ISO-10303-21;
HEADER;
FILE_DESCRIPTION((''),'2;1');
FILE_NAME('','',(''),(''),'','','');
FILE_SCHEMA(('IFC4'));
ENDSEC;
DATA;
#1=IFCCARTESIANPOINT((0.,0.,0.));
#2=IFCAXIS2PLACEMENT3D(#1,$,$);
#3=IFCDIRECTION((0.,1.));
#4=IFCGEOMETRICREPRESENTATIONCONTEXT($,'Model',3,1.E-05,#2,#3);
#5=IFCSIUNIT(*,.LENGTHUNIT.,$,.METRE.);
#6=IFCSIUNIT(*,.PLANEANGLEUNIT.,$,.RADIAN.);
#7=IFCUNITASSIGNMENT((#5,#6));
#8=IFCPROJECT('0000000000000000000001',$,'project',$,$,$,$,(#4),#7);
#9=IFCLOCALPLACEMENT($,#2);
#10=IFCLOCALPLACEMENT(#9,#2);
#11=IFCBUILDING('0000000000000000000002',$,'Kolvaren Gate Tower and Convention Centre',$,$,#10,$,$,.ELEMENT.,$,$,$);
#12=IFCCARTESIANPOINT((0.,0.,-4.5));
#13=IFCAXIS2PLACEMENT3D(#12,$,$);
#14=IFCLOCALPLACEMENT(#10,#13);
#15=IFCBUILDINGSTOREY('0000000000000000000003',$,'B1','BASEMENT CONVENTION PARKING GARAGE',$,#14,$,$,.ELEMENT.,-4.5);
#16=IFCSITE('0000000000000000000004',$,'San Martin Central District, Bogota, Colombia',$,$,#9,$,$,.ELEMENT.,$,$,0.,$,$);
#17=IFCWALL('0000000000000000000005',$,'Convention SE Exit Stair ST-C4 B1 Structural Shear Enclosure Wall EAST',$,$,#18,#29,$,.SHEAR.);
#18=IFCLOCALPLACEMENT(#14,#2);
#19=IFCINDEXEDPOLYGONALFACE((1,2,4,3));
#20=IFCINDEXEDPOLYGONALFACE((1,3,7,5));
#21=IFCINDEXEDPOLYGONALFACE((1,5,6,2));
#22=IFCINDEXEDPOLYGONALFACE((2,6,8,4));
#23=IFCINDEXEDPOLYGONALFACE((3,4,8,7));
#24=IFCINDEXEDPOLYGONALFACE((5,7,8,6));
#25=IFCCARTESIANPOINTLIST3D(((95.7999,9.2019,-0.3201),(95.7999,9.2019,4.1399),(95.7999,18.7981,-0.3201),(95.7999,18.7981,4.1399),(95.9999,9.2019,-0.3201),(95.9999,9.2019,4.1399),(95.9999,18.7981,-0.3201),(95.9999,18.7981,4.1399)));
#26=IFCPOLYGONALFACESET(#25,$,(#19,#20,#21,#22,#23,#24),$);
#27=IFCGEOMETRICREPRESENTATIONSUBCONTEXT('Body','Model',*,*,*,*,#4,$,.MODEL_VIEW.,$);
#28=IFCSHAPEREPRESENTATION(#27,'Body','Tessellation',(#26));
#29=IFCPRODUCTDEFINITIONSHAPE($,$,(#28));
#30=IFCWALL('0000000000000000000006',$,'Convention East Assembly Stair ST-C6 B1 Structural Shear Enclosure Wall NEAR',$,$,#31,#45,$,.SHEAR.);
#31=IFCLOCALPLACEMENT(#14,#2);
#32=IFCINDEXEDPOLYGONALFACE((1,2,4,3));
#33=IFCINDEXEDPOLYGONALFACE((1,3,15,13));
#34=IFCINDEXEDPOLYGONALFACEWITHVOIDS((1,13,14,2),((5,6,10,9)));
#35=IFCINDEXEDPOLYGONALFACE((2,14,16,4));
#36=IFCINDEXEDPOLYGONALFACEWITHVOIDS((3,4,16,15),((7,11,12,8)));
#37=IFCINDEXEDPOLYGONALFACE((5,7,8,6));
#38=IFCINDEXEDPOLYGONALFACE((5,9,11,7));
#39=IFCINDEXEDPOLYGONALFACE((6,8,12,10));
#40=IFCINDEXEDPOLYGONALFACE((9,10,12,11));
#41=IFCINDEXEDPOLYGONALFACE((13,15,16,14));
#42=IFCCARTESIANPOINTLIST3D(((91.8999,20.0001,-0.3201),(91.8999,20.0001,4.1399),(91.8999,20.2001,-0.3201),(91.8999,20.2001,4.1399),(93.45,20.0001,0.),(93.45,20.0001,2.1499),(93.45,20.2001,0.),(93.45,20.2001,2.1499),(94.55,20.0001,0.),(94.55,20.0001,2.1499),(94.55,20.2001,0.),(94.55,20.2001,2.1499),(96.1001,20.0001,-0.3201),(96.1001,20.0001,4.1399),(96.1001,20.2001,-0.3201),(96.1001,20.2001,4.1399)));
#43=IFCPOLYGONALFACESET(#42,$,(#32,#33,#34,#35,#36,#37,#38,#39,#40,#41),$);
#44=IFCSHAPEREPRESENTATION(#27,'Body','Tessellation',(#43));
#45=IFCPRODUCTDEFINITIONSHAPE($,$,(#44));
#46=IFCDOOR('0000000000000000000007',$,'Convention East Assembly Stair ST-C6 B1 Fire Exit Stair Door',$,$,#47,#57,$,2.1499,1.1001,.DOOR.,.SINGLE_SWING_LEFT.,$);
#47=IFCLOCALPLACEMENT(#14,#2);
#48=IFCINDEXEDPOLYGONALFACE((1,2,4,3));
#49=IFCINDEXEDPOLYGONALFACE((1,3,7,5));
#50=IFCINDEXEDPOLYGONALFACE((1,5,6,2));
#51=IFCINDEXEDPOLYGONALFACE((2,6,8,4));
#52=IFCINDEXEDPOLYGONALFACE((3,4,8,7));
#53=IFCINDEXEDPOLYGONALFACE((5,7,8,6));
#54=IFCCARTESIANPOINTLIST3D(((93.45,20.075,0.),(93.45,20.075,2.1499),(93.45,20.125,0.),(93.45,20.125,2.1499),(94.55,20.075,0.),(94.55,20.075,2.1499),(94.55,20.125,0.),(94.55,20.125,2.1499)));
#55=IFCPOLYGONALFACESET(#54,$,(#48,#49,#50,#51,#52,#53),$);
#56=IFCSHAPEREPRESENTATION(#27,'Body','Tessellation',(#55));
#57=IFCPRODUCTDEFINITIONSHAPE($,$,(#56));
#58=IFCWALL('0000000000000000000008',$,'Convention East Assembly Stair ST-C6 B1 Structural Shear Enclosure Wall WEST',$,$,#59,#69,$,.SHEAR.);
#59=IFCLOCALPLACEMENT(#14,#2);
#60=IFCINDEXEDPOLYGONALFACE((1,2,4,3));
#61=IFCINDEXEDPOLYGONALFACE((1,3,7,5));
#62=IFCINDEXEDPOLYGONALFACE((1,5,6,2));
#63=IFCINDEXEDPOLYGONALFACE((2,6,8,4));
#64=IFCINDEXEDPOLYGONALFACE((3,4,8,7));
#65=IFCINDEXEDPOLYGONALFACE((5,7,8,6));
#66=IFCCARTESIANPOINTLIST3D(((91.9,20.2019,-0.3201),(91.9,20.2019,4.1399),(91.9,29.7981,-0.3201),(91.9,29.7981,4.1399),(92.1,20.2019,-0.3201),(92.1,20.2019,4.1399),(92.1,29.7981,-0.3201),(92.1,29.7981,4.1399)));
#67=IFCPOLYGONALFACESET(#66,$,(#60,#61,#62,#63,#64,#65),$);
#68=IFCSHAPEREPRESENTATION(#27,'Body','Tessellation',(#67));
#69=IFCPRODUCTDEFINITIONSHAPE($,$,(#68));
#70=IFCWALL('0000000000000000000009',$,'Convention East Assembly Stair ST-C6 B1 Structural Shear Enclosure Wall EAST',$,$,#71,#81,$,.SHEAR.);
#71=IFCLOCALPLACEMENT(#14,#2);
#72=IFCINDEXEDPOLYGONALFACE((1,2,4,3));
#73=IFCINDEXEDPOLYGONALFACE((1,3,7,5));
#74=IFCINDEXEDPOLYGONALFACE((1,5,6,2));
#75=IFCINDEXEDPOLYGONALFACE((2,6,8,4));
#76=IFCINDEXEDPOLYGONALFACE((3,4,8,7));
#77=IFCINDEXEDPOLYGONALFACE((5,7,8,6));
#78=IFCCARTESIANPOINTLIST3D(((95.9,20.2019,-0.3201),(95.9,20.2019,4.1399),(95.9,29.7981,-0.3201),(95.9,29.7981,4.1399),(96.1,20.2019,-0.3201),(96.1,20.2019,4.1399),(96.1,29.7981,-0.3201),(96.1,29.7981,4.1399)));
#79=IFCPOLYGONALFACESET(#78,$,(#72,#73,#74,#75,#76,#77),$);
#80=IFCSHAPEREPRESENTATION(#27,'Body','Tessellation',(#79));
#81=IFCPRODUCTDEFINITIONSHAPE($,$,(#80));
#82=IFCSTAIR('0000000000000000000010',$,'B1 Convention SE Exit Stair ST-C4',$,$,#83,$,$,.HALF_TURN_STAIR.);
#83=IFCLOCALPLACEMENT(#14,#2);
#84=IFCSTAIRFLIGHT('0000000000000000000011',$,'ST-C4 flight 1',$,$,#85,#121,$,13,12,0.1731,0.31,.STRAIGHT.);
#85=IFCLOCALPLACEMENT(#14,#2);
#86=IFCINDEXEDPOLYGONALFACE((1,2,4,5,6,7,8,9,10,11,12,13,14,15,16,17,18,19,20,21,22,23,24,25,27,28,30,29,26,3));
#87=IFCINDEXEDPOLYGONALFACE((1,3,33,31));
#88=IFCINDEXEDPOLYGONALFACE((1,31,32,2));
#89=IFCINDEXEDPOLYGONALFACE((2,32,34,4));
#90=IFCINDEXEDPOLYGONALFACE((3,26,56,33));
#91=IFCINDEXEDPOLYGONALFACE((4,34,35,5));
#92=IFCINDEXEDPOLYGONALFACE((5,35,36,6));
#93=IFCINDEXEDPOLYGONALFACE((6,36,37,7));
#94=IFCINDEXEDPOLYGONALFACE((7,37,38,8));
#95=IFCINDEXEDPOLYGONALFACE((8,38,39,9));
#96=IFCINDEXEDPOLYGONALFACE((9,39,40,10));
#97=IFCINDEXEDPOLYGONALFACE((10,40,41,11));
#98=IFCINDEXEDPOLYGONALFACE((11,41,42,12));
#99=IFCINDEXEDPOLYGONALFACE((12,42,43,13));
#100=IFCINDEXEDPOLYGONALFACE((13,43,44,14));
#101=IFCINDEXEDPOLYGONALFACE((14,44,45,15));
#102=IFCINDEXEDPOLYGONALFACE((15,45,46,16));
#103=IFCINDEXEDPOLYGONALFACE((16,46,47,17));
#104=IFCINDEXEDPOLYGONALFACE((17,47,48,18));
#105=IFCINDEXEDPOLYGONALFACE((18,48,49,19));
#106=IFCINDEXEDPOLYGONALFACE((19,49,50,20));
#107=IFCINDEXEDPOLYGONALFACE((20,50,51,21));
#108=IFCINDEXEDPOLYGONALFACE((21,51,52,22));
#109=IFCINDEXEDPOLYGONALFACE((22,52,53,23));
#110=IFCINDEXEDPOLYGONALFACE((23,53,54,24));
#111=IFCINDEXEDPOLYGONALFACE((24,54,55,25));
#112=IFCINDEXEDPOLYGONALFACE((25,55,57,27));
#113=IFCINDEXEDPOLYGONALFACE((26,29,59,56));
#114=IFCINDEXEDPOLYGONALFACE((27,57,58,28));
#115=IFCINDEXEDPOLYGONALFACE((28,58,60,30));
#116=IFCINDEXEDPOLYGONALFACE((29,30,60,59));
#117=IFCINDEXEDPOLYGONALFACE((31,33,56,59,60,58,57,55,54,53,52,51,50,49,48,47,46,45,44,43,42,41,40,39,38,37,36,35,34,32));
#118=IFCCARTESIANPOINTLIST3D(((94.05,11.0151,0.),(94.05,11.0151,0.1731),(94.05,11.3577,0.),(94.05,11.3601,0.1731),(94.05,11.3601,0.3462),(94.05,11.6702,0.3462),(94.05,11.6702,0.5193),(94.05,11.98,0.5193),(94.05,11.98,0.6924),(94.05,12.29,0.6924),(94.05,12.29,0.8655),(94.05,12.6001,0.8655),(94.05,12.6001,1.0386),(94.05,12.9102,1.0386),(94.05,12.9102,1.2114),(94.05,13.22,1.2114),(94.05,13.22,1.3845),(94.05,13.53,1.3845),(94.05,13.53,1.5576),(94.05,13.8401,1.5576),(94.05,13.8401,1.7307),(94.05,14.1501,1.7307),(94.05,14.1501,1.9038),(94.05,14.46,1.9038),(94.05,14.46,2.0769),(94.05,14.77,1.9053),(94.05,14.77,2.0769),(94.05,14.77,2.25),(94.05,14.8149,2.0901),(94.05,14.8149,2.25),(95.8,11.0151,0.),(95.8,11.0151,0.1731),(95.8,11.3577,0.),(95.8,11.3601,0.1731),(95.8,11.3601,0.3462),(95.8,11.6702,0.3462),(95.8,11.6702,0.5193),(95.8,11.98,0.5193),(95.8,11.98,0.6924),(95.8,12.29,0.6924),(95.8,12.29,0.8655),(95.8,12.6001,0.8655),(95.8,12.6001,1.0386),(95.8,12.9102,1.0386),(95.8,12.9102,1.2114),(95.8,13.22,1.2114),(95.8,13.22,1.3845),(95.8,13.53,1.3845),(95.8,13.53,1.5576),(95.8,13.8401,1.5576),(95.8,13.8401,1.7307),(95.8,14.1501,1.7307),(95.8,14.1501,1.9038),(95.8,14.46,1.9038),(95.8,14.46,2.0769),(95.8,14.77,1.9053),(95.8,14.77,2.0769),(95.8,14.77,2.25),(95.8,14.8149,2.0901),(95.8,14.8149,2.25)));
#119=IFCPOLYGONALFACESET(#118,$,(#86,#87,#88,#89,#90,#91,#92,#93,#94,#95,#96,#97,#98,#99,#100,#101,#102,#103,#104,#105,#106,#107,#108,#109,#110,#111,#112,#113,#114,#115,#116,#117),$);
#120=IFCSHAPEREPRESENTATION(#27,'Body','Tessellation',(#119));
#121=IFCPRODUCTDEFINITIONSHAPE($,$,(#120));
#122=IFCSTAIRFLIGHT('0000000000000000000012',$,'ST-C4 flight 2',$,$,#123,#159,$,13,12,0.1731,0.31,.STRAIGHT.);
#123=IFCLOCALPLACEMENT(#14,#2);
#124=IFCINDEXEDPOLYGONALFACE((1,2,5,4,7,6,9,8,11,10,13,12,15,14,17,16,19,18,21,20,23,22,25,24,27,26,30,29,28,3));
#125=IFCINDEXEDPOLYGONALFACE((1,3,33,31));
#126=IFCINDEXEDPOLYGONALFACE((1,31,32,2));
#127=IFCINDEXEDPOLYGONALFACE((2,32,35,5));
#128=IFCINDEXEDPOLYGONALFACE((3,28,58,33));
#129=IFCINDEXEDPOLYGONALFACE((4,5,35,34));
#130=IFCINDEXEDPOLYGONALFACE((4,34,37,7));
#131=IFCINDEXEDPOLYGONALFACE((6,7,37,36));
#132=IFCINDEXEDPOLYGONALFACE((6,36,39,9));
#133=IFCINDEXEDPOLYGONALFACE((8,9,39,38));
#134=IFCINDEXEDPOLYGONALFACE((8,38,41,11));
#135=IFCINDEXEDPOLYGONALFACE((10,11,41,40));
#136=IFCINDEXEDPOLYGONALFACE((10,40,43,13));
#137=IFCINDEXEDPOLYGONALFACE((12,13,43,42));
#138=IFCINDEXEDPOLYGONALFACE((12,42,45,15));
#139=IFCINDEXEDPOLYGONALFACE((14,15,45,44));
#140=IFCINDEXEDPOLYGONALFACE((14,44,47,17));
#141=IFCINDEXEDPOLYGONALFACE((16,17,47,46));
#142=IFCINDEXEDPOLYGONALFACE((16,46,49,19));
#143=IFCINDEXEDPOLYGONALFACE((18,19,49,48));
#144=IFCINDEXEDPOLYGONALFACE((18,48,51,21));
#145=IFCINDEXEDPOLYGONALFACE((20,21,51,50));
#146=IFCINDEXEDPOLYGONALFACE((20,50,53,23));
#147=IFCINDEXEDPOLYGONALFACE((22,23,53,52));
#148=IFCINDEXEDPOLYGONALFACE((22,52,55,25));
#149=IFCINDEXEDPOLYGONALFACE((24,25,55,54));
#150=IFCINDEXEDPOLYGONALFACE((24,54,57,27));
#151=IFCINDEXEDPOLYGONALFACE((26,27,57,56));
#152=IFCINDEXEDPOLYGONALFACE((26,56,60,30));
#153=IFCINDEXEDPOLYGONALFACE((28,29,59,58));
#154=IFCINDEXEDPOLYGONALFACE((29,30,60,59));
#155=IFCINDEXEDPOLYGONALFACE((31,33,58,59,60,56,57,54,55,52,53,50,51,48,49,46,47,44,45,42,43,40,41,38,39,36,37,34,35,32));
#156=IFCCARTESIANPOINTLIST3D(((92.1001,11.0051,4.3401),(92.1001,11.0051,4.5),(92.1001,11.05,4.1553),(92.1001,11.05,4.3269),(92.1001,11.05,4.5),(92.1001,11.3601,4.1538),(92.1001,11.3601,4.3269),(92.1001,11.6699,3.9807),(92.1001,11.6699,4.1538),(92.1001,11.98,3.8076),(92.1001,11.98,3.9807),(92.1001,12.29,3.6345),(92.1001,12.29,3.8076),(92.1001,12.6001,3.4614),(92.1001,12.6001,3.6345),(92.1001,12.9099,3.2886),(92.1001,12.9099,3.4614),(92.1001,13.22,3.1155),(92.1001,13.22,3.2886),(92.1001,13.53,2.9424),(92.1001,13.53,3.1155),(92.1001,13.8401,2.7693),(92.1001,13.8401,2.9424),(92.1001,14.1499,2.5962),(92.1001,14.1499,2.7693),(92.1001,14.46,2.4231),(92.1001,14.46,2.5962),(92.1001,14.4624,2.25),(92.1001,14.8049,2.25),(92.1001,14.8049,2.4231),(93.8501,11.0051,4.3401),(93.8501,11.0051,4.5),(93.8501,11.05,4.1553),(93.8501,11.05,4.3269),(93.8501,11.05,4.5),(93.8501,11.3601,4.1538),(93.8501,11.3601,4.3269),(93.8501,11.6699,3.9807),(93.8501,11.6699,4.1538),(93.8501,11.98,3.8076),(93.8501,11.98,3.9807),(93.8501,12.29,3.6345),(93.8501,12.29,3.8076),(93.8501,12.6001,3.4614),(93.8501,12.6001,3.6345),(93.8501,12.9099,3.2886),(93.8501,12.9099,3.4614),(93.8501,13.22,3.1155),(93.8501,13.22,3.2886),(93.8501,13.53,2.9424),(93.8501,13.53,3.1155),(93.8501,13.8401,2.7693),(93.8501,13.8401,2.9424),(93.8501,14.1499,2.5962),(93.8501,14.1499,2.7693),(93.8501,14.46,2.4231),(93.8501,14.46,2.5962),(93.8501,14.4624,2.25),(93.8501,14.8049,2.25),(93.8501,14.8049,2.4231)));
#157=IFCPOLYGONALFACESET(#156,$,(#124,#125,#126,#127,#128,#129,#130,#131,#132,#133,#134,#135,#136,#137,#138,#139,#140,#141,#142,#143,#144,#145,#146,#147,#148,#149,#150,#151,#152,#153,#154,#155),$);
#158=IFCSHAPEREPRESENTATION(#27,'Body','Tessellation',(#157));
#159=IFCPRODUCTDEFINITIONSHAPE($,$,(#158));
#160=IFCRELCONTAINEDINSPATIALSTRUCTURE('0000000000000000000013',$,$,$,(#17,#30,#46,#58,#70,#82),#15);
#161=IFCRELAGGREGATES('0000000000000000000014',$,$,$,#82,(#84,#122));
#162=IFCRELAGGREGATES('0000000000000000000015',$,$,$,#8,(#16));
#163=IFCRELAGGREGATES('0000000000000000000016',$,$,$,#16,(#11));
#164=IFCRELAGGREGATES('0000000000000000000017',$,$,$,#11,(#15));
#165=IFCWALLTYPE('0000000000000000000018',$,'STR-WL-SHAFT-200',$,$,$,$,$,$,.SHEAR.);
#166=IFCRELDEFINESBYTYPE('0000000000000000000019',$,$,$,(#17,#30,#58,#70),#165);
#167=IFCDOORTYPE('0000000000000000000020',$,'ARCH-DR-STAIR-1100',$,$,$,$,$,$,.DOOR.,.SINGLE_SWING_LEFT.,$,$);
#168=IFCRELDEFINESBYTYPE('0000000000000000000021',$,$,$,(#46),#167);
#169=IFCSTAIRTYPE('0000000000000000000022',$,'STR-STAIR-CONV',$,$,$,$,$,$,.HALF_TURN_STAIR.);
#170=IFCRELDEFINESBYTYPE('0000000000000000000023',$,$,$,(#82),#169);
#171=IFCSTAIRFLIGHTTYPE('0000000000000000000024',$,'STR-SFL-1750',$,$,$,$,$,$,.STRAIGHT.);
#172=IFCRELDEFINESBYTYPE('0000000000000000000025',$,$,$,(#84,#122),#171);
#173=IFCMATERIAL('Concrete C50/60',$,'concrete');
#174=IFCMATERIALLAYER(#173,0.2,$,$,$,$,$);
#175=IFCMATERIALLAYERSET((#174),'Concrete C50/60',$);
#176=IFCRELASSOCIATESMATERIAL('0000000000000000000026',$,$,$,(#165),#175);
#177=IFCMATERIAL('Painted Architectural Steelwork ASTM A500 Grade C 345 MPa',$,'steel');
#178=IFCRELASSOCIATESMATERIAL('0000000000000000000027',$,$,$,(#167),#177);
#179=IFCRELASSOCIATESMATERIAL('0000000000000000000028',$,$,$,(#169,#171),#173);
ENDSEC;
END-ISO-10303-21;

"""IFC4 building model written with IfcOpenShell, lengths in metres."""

from ifc_helpers import new_model, si_unit, direction, frame, frame_2d, origin, place, context, subcontext, project, spatial, polyline, rectangle, outline, extrude, material, layer, layer_set, type_object, element, fill, aggregate, save


model = new_model("IFC4")

# Units and contexts
model_context = context("Model", 3, precision=1e-05, world=origin(), true_north=direction((0.0, 1.0)))
body_context = subcontext(model_context, "Body", "Model", "MODEL_VIEW")
ifc_project = project(units=[si_unit("LENGTHUNIT", "METRE"), si_unit("PLANEANGLEUNIT", "RADIAN")], contexts=[model_context])

# Site, building, storey
site_placement = place(None, origin())
site = spatial("IfcSite", under=ifc_project, at=site_placement, Name="San Martin Central District, Bogota, Colombia", CompositionType="ELEMENT", RefElevation=0.0)
building_placement = place(site_placement, origin())
building = spatial("IfcBuilding", under=site, at=building_placement, Name="Kolvaren Gate Tower and Convention Centre", CompositionType="ELEMENT")
storey_placement = place(building_placement, frame((0.0, 0.0, -4.5)))
storey = spatial("IfcBuildingStorey", under=building, at=storey_placement, Name="B1", Description="BASEMENT CONVENTION PARKING GARAGE", CompositionType="ELEMENT", Elevation=-4.5)

# Wall
ifc_material_1 = material(Name="Concrete C50/60", Category="concrete")
ifc_layer_1 = layer(ifc_material_1, 0.2)
ifc_layer_set_1 = layer_set([ifc_layer_1], Name="Concrete C50/60")
wall_type_1 = type_object("IfcWallType", Name="STR-WL-SHAFT-200", PredefinedType="SHEAR", material=ifc_layer_set_1)
for number, where, z_axis, x_axis, name in (
    (1, (95.8999, 9.2019, -0.3201), (0.0, 0.0, 1.0), (0.0, 1.0, 0.0), "Convention SE Exit Stair ST-C4 B1 Structural Shear Enclosure Wall EAST"),
):
    element("IfcWall", number, at=place(storey_placement, frame(where, z_axis=z_axis, x_axis=x_axis)), inside=storey, type_object=wall_type_1, Name=name, PredefinedType="SHEAR", context=body_context, shape_type="SweptSolid", body=[
        extrude(rectangle(XDim=9.5962, YDim=0.2, at=frame_2d((4.7981, 0.0))), origin(), (0.0, 0.0, 1.0), 4.46),
    ])

# Wall, opening, door
wall_1_placement = place(storey_placement, frame((91.8999, 20.1001, -0.3201), z_axis=(0.0, 0.0, 1.0), x_axis=(1.0, 0.0, 0.0)))
wall_1 = element("IfcWall", 2, at=wall_1_placement, inside=storey, type_object=wall_type_1, Name="Convention East Assembly Stair ST-C6 B1 Structural Shear Enclosure Wall NEAR", PredefinedType="SHEAR", context=body_context, shape_type="SweptSolid", body=[
    extrude(rectangle(XDim=4.2002, YDim=0.2, at=frame_2d((2.1001, 0.0))), origin(), (0.0, 0.0, 1.0), 4.46),
])
opening_placement = place(wall_1_placement, frame((1.55, 0.0, 0.3201)))
opening = element("IfcOpeningElement", 3, at=opening_placement, cuts=wall_1, PredefinedType="OPENING", context=body_context, shape_type="SweptSolid", body=[
    extrude(rectangle(XDim=1.1001, YDim=2.1499, at=frame_2d((0.55, 1.075))), frame((0.0, 0.1099, 0.0), z_axis=(0.0, -1.0, 0.0), x_axis=(1.0, 0.0, 0.0)), (0.0, 0.0, 1.0), 0.22),
])
ifc_material_2 = material(Name="Painted Architectural Steelwork ASTM A500 Grade C 345 MPa", Category="steel")
door_type = type_object("IfcDoorType", Name="ARCH-DR-STAIR-1100", OperationType="SINGLE_SWING_LEFT", PredefinedType="DOOR", material=ifc_material_2)
door_placement = place(opening_placement, origin())
door = element("IfcDoor", 4, at=door_placement, inside=storey, type_object=door_type, Name="Convention East Assembly Stair ST-C6 B1 Fire Exit Stair Door", OperationType="SINGLE_SWING_LEFT", OverallHeight=2.1499, OverallWidth=1.1001, PredefinedType="DOOR", context=body_context, shape_type="SweptSolid", body=[
    extrude(rectangle(XDim=1.1001, YDim=2.1499, at=frame_2d((0.55, 1.075))), frame((0.0, 0.0249, 0.0), z_axis=(0.0, -1.0, 0.0), x_axis=(1.0, 0.0, 0.0)), (0.0, 0.0, 1.0), 0.05),
])
fill(opening, door)

# Walls
for number, where, z_axis, x_axis, name in (
    (5, (92.0, 20.2019, -0.3201), (0.0, 0.0, 1.0), (0.0, 1.0, 0.0), "Convention East Assembly Stair ST-C6 B1 Structural Shear Enclosure Wall WEST"),
    (6, (96.0, 20.2019, -0.3201), (0.0, 0.0, 1.0), (0.0, 1.0, 0.0), "Convention East Assembly Stair ST-C6 B1 Structural Shear Enclosure Wall EAST"),
):
    element("IfcWall", number, at=place(storey_placement, frame(where, z_axis=z_axis, x_axis=x_axis)), inside=storey, type_object=wall_type_1, Name=name, PredefinedType="SHEAR", context=body_context, shape_type="SweptSolid", body=[
        extrude(rectangle(XDim=9.5962, YDim=0.2, at=frame_2d((4.7981, 0.0))), origin(), (0.0, 0.0, 1.0), 4.46),
    ])

# Stair, stair flights
stair_type = type_object("IfcStairType", Name="STR-STAIR-CONV", PredefinedType="HALF_TURN_STAIR", material=ifc_material_1)
stair_1_placement = place(storey_placement, origin())
stair_1 = element("IfcStair", 7, at=stair_1_placement, inside=storey, type_object=stair_type, Name="B1 Convention SE Exit Stair ST-C4", PredefinedType="HALF_TURN_STAIR")
stair_flight_type = type_object("IfcStairFlightType", Name="STR-SFL-1750", PredefinedType="STRAIGHT", material=ifc_material_1)
stair_flight_1_placement = place(storey_placement, frame((94.925, 11.05, 0.0), z_axis=(0.0, 0.0, 1.0), x_axis=(0.0, 1.0, 0.0)))
stair_flight_1 = element("IfcStairFlight", 8, at=stair_flight_1_placement, type_object=stair_flight_type, Name="ST-C4 flight 1", NumberOfRisers=13, NumberOfTreads=12, PredefinedType="STRAIGHT", RiserHeight=0.1731, TreadLength=0.31, context=body_context, shape_type="SweptSolid", body=[
    extrude(outline(polyline([(-0.0349, 0.0), (-0.0349, 0.1731), (0.3101, 0.1731), (0.3101, 0.3462), (0.6201, 0.3462), (0.6201, 0.5193), (0.9299, 0.5193), (0.9299, 0.6924), (1.24, 0.6924), (1.24, 0.8655), (1.55, 0.8655), (1.55, 1.0386), (1.8601, 1.0386), (1.8601, 1.2114), (2.1699, 1.2114), (2.1699, 1.3845), (2.48, 1.3845), (2.48, 1.5576), (2.79, 1.5576), (2.79, 1.7307), (3.1001, 1.7307), (3.1001, 1.9038), (3.4099, 1.9038), (3.4099, 2.0769), (3.72, 2.0769), (3.72, 2.25), (3.7649, 2.25), (3.7649, 2.0901), (3.72, 1.9053), (0.3076, 0.0), (-0.0349, 0.0)])), frame((0.0, 0.875, 0.0), z_axis=(0.0, -1.0, 0.0), x_axis=(1.0, 0.0, 0.0)), (0.0, 0.0, 1.0), 1.75),
])
stair_flight_2_placement = place(storey_placement, frame((92.9751, 14.77, 2.25), z_axis=(0.0, 0.0, 1.0), x_axis=(0.0, -1.0, 0.0)))
stair_flight_2 = element("IfcStairFlight", 9, at=stair_flight_2_placement, type_object=stair_flight_type, Name="ST-C4 flight 2", NumberOfRisers=13, NumberOfTreads=12, PredefinedType="STRAIGHT", RiserHeight=0.1731, TreadLength=0.31, context=body_context, shape_type="SweptSolid", body=[
    extrude(outline(polyline([(-0.0349, 0.0), (-0.0349, 0.1731), (0.3101, 0.1731), (0.3101, 0.3462), (0.6201, 0.3462), (0.6201, 0.5193), (0.9299, 0.5193), (0.9299, 0.6924), (1.24, 0.6924), (1.24, 0.8655), (1.55, 0.8655), (1.55, 1.0386), (1.8601, 1.0386), (1.8601, 1.2114), (2.1699, 1.2114), (2.1699, 1.3845), (2.48, 1.3845), (2.48, 1.5576), (2.79, 1.5576), (2.79, 1.7307), (3.1001, 1.7307), (3.1001, 1.9038), (3.4099, 1.9038), (3.4099, 2.0769), (3.72, 2.0769), (3.72, 2.25), (3.7649, 2.25), (3.7649, 2.0901), (3.72, 1.9053), (0.3076, 0.0), (-0.0349, 0.0)])), frame((0.0, 0.875, 0.0), z_axis=(0.0, -1.0, 0.0), x_axis=(1.0, 0.0, 0.0)), (0.0, 0.0, 1.0), 1.75),
])
aggregate(stair_1, [stair_flight_1, stair_flight_2])

save(model, "model.ifc")
